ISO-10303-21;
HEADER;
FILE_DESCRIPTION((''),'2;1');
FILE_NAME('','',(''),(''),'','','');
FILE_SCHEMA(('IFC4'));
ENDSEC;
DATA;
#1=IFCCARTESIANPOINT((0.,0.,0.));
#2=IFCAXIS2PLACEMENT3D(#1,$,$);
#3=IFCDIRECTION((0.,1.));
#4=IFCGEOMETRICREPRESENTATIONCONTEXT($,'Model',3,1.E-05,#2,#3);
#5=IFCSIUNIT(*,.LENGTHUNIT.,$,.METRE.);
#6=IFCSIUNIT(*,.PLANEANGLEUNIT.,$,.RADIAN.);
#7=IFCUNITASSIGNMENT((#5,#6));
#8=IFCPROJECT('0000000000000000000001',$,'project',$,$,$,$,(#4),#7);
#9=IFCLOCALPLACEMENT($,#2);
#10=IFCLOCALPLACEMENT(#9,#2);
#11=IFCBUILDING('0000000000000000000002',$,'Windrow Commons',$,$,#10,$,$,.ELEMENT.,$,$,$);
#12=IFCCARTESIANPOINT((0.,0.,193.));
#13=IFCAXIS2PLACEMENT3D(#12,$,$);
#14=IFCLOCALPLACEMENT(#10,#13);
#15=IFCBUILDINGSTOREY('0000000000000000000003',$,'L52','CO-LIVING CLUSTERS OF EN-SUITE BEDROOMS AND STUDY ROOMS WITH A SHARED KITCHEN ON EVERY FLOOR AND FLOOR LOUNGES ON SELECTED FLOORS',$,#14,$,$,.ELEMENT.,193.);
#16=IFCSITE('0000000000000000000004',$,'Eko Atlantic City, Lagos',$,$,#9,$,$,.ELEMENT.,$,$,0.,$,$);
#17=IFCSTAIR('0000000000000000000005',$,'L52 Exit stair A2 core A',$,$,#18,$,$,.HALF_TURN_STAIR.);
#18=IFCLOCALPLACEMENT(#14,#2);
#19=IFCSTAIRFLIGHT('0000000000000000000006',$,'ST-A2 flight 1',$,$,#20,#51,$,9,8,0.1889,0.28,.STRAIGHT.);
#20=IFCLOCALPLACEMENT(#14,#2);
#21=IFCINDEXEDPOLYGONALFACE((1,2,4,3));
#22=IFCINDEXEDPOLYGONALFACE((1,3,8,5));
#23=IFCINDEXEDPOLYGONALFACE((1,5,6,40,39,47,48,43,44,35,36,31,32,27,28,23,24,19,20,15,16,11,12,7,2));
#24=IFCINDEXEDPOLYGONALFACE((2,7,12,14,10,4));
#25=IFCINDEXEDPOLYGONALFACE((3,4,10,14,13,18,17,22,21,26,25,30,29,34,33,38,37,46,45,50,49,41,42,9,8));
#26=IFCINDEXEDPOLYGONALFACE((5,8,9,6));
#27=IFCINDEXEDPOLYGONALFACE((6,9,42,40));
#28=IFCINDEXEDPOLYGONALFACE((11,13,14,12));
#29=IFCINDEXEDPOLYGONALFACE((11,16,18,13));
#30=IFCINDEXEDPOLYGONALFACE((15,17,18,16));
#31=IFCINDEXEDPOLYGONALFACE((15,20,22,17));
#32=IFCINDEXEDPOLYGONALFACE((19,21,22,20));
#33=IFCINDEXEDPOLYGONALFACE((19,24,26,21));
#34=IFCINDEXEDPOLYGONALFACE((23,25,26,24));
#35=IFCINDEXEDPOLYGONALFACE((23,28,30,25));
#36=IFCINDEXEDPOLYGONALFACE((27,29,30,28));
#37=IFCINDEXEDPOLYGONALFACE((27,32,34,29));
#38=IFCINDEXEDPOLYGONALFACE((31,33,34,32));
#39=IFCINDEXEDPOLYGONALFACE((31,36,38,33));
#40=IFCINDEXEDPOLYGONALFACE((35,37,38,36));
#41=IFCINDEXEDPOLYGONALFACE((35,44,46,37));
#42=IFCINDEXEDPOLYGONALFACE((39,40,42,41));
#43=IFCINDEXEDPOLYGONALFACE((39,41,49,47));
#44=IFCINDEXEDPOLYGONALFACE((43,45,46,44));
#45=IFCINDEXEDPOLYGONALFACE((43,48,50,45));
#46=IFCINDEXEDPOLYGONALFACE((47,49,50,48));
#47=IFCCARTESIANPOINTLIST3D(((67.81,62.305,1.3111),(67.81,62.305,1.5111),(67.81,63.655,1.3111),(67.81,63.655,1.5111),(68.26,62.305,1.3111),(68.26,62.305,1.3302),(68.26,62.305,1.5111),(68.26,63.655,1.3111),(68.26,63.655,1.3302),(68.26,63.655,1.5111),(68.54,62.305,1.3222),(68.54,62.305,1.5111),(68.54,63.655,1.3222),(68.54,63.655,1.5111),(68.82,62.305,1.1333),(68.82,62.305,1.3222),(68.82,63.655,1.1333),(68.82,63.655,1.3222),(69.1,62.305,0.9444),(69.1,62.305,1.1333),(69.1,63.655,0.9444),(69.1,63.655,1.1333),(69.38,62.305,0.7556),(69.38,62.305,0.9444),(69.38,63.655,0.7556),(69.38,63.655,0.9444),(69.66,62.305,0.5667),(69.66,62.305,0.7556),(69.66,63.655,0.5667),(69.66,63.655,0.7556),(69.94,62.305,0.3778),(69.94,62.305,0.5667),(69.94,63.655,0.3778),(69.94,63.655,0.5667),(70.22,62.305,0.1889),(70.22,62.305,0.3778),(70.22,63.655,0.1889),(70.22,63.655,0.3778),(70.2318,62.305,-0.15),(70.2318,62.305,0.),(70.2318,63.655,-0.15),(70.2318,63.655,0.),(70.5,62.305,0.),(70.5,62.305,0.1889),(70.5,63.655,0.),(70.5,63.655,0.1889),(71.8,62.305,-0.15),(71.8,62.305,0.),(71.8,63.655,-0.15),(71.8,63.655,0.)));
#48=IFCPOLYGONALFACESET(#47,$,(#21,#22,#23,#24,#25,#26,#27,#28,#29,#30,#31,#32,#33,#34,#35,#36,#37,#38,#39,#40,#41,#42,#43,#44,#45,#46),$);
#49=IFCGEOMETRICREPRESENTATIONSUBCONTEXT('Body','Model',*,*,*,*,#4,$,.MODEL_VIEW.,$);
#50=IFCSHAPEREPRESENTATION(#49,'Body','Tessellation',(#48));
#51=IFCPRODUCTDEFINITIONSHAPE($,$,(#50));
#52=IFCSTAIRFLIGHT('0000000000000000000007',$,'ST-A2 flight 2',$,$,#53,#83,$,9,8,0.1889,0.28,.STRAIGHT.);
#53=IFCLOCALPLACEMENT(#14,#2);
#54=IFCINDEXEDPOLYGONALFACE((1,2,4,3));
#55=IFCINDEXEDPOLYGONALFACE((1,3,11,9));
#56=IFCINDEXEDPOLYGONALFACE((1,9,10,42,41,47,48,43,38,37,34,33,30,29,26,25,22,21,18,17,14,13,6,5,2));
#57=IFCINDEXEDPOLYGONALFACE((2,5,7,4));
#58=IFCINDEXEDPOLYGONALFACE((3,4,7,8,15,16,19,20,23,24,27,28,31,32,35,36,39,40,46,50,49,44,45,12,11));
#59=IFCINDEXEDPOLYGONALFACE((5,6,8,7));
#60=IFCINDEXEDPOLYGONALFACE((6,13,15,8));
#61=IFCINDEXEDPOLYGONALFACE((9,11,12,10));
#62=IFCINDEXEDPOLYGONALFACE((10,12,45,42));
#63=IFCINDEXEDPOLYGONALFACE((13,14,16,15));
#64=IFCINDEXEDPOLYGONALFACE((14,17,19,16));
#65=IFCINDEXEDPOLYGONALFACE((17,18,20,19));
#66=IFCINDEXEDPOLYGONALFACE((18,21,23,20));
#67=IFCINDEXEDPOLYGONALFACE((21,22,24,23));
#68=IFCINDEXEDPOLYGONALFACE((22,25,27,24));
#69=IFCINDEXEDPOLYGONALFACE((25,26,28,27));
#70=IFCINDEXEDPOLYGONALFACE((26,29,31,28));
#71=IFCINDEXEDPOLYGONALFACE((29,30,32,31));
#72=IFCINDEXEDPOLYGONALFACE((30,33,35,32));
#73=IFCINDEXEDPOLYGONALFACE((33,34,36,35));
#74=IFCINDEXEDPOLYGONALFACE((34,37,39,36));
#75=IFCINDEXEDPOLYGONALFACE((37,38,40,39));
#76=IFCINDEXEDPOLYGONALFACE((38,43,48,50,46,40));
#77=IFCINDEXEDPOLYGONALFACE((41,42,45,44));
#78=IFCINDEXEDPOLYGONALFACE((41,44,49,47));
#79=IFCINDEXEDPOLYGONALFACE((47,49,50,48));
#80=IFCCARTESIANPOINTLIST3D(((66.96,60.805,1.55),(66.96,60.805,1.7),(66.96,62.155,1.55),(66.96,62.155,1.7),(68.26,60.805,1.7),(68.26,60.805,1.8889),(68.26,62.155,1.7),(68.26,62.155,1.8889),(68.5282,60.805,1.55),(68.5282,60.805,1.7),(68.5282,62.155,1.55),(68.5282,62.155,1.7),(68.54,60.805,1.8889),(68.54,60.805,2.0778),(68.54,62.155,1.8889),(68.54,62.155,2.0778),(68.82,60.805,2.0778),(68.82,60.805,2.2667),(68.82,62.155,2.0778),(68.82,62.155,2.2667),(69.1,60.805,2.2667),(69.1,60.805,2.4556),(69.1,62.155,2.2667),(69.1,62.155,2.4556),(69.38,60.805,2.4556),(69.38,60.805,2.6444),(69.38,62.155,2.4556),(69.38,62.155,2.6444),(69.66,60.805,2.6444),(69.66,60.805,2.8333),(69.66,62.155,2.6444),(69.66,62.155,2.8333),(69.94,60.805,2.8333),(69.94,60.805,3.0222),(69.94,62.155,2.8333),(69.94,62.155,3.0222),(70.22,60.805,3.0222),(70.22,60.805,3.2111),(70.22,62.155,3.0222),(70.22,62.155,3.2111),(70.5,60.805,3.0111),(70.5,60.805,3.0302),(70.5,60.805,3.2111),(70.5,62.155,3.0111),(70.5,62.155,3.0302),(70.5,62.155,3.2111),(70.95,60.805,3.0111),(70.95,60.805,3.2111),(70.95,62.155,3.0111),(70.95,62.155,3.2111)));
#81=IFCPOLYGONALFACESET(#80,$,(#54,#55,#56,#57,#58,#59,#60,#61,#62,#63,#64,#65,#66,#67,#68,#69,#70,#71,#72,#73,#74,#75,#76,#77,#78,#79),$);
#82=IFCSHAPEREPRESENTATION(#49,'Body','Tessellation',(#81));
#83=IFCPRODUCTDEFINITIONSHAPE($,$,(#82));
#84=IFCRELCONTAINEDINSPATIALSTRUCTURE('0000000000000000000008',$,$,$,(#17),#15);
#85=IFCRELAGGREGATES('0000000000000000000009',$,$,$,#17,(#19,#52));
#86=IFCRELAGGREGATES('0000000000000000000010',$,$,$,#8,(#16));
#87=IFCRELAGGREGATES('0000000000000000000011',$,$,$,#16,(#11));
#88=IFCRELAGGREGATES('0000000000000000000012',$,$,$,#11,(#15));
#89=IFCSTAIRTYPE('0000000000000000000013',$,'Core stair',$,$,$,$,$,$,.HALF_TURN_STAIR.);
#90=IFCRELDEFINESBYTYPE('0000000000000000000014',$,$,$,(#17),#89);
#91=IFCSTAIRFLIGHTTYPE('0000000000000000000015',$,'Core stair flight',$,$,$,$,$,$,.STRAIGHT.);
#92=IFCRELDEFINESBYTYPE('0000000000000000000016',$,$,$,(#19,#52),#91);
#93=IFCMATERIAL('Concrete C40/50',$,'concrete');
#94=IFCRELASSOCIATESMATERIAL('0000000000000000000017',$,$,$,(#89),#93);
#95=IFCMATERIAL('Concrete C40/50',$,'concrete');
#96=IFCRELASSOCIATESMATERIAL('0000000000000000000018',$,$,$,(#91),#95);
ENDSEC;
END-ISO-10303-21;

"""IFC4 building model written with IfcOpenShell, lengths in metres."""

from ifc_helpers import new_model, si_unit, direction, frame, origin, place, context, subcontext, project, spatial, polyline, outline, extrude, material, type_object, element, aggregate, save


model = new_model("IFC4")

# Units and contexts
model_context = context("Model", 3, precision=1e-05, world=origin(), true_north=direction((0.0, 1.0)))
body_context = subcontext(model_context, "Body", "Model", "MODEL_VIEW")
ifc_project = project(units=[si_unit("LENGTHUNIT", "METRE"), si_unit("PLANEANGLEUNIT", "RADIAN")], contexts=[model_context])

# Site, building, storey
site_placement = place(None, origin())
site = spatial("IfcSite", under=ifc_project, at=site_placement, Name="Eko Atlantic City, Lagos", CompositionType="ELEMENT", RefElevation=0.0)
building_placement = place(site_placement, origin())
building = spatial("IfcBuilding", under=site, at=building_placement, Name="Windrow Commons", CompositionType="ELEMENT")
storey_placement = place(building_placement, frame((0.0, 0.0, 193.0)))
storey = spatial("IfcBuildingStorey", under=building, at=storey_placement, Name="L52", Description="CO-LIVING CLUSTERS OF EN-SUITE BEDROOMS AND STUDY ROOMS WITH A SHARED KITCHEN ON EVERY FLOOR AND FLOOR LOUNGES ON SELECTED FLOORS", CompositionType="ELEMENT", Elevation=193.0)

# Stair, stair flights
ifc_material_1 = material(Name="Concrete C40/50", Category="concrete")
stair_type = type_object("IfcStairType", Name="Core stair", PredefinedType="HALF_TURN_STAIR", material=ifc_material_1)
placement = place(storey_placement, origin())
ifc_material_2 = material(Name="Concrete C40/50", Category="concrete")
stair_flight_type = type_object("IfcStairFlightType", Name="Core stair flight", PredefinedType="STRAIGHT", material=ifc_material_2)
stair_1 = element("IfcStair", 1, at=placement, inside=storey, type_object=stair_type, Name="L52 Exit stair A2 core A", PredefinedType="HALF_TURN_STAIR")
stair_flight_1_placement = place(storey_placement, frame((70.5, 62.98, 0.0), z_axis=(0.0, 0.0, 1.0), x_axis=(-1.0, 0.0, 0.0)))
stair_flight_1 = element("IfcStairFlight", 2, at=stair_flight_1_placement, type_object=stair_flight_type, Name="ST-A2 flight 1", NumberOfRisers=9, NumberOfTreads=8, PredefinedType="STRAIGHT", RiserHeight=0.1889, TreadLength=0.28, context=body_context, shape_type="SweptSolid", body=[
    extrude(outline(polyline([(-1.3, -0.15), (-1.3, 0.0), (0.0, 0.0), (0.0, 0.1889), (0.28, 0.1889), (0.28, 0.3778), (0.56, 0.3778), (0.56, 0.5667), (0.84, 0.5667), (0.84, 0.7556), (1.12, 0.7556), (1.12, 0.9444), (1.4, 0.9444), (1.4, 1.1333), (1.68, 1.1333), (1.68, 1.3222), (1.96, 1.3222), (1.96, 1.5111), (2.24, 1.5111), (2.69, 1.5111), (2.69, 1.3111), (2.24, 1.3111), (2.24, 1.3302), (0.2682, 0.0), (0.2682, -0.15), (-1.3, -0.15)])), frame((0.0, 0.675, 0.0), z_axis=(0.0, -1.0, 0.0), x_axis=(1.0, 0.0, 0.0)), (0.0, 0.0, 1.0), 1.35),
])
stair_flight_2_placement = place(storey_placement, frame((68.26, 61.48, 1.7), z_axis=(0.0, 0.0, 1.0), x_axis=(1.0, 0.0, 0.0)))
stair_flight_2 = element("IfcStairFlight", 3, at=stair_flight_2_placement, type_object=stair_flight_type, Name="ST-A2 flight 2", NumberOfRisers=9, NumberOfTreads=8, PredefinedType="STRAIGHT", RiserHeight=0.1889, TreadLength=0.28, context=body_context, shape_type="SweptSolid", body=[
    extrude(outline(polyline([(-1.3, -0.15), (-1.3, 0.0), (0.0, 0.0), (0.0, 0.1889), (0.28, 0.1889), (0.28, 0.3778), (0.56, 0.3778), (0.56, 0.5667), (0.84, 0.5667), (0.84, 0.7556), (1.12, 0.7556), (1.12, 0.9444), (1.4, 0.9444), (1.4, 1.1333), (1.68, 1.1333), (1.68, 1.3222), (1.96, 1.3222), (1.96, 1.5111), (2.24, 1.5111), (2.69, 1.5111), (2.69, 1.3111), (2.24, 1.3111), (2.24, 1.3302), (0.2682, 0.0), (0.2682, -0.15), (-1.3, -0.15)])), frame((0.0, 0.675, 0.0), z_axis=(0.0, -1.0, 0.0), x_axis=(1.0, 0.0, 0.0)), (0.0, 0.0, 1.0), 1.35),
])
aggregate(stair_1, [stair_flight_1, stair_flight_2])

save(model, "model.ifc")
